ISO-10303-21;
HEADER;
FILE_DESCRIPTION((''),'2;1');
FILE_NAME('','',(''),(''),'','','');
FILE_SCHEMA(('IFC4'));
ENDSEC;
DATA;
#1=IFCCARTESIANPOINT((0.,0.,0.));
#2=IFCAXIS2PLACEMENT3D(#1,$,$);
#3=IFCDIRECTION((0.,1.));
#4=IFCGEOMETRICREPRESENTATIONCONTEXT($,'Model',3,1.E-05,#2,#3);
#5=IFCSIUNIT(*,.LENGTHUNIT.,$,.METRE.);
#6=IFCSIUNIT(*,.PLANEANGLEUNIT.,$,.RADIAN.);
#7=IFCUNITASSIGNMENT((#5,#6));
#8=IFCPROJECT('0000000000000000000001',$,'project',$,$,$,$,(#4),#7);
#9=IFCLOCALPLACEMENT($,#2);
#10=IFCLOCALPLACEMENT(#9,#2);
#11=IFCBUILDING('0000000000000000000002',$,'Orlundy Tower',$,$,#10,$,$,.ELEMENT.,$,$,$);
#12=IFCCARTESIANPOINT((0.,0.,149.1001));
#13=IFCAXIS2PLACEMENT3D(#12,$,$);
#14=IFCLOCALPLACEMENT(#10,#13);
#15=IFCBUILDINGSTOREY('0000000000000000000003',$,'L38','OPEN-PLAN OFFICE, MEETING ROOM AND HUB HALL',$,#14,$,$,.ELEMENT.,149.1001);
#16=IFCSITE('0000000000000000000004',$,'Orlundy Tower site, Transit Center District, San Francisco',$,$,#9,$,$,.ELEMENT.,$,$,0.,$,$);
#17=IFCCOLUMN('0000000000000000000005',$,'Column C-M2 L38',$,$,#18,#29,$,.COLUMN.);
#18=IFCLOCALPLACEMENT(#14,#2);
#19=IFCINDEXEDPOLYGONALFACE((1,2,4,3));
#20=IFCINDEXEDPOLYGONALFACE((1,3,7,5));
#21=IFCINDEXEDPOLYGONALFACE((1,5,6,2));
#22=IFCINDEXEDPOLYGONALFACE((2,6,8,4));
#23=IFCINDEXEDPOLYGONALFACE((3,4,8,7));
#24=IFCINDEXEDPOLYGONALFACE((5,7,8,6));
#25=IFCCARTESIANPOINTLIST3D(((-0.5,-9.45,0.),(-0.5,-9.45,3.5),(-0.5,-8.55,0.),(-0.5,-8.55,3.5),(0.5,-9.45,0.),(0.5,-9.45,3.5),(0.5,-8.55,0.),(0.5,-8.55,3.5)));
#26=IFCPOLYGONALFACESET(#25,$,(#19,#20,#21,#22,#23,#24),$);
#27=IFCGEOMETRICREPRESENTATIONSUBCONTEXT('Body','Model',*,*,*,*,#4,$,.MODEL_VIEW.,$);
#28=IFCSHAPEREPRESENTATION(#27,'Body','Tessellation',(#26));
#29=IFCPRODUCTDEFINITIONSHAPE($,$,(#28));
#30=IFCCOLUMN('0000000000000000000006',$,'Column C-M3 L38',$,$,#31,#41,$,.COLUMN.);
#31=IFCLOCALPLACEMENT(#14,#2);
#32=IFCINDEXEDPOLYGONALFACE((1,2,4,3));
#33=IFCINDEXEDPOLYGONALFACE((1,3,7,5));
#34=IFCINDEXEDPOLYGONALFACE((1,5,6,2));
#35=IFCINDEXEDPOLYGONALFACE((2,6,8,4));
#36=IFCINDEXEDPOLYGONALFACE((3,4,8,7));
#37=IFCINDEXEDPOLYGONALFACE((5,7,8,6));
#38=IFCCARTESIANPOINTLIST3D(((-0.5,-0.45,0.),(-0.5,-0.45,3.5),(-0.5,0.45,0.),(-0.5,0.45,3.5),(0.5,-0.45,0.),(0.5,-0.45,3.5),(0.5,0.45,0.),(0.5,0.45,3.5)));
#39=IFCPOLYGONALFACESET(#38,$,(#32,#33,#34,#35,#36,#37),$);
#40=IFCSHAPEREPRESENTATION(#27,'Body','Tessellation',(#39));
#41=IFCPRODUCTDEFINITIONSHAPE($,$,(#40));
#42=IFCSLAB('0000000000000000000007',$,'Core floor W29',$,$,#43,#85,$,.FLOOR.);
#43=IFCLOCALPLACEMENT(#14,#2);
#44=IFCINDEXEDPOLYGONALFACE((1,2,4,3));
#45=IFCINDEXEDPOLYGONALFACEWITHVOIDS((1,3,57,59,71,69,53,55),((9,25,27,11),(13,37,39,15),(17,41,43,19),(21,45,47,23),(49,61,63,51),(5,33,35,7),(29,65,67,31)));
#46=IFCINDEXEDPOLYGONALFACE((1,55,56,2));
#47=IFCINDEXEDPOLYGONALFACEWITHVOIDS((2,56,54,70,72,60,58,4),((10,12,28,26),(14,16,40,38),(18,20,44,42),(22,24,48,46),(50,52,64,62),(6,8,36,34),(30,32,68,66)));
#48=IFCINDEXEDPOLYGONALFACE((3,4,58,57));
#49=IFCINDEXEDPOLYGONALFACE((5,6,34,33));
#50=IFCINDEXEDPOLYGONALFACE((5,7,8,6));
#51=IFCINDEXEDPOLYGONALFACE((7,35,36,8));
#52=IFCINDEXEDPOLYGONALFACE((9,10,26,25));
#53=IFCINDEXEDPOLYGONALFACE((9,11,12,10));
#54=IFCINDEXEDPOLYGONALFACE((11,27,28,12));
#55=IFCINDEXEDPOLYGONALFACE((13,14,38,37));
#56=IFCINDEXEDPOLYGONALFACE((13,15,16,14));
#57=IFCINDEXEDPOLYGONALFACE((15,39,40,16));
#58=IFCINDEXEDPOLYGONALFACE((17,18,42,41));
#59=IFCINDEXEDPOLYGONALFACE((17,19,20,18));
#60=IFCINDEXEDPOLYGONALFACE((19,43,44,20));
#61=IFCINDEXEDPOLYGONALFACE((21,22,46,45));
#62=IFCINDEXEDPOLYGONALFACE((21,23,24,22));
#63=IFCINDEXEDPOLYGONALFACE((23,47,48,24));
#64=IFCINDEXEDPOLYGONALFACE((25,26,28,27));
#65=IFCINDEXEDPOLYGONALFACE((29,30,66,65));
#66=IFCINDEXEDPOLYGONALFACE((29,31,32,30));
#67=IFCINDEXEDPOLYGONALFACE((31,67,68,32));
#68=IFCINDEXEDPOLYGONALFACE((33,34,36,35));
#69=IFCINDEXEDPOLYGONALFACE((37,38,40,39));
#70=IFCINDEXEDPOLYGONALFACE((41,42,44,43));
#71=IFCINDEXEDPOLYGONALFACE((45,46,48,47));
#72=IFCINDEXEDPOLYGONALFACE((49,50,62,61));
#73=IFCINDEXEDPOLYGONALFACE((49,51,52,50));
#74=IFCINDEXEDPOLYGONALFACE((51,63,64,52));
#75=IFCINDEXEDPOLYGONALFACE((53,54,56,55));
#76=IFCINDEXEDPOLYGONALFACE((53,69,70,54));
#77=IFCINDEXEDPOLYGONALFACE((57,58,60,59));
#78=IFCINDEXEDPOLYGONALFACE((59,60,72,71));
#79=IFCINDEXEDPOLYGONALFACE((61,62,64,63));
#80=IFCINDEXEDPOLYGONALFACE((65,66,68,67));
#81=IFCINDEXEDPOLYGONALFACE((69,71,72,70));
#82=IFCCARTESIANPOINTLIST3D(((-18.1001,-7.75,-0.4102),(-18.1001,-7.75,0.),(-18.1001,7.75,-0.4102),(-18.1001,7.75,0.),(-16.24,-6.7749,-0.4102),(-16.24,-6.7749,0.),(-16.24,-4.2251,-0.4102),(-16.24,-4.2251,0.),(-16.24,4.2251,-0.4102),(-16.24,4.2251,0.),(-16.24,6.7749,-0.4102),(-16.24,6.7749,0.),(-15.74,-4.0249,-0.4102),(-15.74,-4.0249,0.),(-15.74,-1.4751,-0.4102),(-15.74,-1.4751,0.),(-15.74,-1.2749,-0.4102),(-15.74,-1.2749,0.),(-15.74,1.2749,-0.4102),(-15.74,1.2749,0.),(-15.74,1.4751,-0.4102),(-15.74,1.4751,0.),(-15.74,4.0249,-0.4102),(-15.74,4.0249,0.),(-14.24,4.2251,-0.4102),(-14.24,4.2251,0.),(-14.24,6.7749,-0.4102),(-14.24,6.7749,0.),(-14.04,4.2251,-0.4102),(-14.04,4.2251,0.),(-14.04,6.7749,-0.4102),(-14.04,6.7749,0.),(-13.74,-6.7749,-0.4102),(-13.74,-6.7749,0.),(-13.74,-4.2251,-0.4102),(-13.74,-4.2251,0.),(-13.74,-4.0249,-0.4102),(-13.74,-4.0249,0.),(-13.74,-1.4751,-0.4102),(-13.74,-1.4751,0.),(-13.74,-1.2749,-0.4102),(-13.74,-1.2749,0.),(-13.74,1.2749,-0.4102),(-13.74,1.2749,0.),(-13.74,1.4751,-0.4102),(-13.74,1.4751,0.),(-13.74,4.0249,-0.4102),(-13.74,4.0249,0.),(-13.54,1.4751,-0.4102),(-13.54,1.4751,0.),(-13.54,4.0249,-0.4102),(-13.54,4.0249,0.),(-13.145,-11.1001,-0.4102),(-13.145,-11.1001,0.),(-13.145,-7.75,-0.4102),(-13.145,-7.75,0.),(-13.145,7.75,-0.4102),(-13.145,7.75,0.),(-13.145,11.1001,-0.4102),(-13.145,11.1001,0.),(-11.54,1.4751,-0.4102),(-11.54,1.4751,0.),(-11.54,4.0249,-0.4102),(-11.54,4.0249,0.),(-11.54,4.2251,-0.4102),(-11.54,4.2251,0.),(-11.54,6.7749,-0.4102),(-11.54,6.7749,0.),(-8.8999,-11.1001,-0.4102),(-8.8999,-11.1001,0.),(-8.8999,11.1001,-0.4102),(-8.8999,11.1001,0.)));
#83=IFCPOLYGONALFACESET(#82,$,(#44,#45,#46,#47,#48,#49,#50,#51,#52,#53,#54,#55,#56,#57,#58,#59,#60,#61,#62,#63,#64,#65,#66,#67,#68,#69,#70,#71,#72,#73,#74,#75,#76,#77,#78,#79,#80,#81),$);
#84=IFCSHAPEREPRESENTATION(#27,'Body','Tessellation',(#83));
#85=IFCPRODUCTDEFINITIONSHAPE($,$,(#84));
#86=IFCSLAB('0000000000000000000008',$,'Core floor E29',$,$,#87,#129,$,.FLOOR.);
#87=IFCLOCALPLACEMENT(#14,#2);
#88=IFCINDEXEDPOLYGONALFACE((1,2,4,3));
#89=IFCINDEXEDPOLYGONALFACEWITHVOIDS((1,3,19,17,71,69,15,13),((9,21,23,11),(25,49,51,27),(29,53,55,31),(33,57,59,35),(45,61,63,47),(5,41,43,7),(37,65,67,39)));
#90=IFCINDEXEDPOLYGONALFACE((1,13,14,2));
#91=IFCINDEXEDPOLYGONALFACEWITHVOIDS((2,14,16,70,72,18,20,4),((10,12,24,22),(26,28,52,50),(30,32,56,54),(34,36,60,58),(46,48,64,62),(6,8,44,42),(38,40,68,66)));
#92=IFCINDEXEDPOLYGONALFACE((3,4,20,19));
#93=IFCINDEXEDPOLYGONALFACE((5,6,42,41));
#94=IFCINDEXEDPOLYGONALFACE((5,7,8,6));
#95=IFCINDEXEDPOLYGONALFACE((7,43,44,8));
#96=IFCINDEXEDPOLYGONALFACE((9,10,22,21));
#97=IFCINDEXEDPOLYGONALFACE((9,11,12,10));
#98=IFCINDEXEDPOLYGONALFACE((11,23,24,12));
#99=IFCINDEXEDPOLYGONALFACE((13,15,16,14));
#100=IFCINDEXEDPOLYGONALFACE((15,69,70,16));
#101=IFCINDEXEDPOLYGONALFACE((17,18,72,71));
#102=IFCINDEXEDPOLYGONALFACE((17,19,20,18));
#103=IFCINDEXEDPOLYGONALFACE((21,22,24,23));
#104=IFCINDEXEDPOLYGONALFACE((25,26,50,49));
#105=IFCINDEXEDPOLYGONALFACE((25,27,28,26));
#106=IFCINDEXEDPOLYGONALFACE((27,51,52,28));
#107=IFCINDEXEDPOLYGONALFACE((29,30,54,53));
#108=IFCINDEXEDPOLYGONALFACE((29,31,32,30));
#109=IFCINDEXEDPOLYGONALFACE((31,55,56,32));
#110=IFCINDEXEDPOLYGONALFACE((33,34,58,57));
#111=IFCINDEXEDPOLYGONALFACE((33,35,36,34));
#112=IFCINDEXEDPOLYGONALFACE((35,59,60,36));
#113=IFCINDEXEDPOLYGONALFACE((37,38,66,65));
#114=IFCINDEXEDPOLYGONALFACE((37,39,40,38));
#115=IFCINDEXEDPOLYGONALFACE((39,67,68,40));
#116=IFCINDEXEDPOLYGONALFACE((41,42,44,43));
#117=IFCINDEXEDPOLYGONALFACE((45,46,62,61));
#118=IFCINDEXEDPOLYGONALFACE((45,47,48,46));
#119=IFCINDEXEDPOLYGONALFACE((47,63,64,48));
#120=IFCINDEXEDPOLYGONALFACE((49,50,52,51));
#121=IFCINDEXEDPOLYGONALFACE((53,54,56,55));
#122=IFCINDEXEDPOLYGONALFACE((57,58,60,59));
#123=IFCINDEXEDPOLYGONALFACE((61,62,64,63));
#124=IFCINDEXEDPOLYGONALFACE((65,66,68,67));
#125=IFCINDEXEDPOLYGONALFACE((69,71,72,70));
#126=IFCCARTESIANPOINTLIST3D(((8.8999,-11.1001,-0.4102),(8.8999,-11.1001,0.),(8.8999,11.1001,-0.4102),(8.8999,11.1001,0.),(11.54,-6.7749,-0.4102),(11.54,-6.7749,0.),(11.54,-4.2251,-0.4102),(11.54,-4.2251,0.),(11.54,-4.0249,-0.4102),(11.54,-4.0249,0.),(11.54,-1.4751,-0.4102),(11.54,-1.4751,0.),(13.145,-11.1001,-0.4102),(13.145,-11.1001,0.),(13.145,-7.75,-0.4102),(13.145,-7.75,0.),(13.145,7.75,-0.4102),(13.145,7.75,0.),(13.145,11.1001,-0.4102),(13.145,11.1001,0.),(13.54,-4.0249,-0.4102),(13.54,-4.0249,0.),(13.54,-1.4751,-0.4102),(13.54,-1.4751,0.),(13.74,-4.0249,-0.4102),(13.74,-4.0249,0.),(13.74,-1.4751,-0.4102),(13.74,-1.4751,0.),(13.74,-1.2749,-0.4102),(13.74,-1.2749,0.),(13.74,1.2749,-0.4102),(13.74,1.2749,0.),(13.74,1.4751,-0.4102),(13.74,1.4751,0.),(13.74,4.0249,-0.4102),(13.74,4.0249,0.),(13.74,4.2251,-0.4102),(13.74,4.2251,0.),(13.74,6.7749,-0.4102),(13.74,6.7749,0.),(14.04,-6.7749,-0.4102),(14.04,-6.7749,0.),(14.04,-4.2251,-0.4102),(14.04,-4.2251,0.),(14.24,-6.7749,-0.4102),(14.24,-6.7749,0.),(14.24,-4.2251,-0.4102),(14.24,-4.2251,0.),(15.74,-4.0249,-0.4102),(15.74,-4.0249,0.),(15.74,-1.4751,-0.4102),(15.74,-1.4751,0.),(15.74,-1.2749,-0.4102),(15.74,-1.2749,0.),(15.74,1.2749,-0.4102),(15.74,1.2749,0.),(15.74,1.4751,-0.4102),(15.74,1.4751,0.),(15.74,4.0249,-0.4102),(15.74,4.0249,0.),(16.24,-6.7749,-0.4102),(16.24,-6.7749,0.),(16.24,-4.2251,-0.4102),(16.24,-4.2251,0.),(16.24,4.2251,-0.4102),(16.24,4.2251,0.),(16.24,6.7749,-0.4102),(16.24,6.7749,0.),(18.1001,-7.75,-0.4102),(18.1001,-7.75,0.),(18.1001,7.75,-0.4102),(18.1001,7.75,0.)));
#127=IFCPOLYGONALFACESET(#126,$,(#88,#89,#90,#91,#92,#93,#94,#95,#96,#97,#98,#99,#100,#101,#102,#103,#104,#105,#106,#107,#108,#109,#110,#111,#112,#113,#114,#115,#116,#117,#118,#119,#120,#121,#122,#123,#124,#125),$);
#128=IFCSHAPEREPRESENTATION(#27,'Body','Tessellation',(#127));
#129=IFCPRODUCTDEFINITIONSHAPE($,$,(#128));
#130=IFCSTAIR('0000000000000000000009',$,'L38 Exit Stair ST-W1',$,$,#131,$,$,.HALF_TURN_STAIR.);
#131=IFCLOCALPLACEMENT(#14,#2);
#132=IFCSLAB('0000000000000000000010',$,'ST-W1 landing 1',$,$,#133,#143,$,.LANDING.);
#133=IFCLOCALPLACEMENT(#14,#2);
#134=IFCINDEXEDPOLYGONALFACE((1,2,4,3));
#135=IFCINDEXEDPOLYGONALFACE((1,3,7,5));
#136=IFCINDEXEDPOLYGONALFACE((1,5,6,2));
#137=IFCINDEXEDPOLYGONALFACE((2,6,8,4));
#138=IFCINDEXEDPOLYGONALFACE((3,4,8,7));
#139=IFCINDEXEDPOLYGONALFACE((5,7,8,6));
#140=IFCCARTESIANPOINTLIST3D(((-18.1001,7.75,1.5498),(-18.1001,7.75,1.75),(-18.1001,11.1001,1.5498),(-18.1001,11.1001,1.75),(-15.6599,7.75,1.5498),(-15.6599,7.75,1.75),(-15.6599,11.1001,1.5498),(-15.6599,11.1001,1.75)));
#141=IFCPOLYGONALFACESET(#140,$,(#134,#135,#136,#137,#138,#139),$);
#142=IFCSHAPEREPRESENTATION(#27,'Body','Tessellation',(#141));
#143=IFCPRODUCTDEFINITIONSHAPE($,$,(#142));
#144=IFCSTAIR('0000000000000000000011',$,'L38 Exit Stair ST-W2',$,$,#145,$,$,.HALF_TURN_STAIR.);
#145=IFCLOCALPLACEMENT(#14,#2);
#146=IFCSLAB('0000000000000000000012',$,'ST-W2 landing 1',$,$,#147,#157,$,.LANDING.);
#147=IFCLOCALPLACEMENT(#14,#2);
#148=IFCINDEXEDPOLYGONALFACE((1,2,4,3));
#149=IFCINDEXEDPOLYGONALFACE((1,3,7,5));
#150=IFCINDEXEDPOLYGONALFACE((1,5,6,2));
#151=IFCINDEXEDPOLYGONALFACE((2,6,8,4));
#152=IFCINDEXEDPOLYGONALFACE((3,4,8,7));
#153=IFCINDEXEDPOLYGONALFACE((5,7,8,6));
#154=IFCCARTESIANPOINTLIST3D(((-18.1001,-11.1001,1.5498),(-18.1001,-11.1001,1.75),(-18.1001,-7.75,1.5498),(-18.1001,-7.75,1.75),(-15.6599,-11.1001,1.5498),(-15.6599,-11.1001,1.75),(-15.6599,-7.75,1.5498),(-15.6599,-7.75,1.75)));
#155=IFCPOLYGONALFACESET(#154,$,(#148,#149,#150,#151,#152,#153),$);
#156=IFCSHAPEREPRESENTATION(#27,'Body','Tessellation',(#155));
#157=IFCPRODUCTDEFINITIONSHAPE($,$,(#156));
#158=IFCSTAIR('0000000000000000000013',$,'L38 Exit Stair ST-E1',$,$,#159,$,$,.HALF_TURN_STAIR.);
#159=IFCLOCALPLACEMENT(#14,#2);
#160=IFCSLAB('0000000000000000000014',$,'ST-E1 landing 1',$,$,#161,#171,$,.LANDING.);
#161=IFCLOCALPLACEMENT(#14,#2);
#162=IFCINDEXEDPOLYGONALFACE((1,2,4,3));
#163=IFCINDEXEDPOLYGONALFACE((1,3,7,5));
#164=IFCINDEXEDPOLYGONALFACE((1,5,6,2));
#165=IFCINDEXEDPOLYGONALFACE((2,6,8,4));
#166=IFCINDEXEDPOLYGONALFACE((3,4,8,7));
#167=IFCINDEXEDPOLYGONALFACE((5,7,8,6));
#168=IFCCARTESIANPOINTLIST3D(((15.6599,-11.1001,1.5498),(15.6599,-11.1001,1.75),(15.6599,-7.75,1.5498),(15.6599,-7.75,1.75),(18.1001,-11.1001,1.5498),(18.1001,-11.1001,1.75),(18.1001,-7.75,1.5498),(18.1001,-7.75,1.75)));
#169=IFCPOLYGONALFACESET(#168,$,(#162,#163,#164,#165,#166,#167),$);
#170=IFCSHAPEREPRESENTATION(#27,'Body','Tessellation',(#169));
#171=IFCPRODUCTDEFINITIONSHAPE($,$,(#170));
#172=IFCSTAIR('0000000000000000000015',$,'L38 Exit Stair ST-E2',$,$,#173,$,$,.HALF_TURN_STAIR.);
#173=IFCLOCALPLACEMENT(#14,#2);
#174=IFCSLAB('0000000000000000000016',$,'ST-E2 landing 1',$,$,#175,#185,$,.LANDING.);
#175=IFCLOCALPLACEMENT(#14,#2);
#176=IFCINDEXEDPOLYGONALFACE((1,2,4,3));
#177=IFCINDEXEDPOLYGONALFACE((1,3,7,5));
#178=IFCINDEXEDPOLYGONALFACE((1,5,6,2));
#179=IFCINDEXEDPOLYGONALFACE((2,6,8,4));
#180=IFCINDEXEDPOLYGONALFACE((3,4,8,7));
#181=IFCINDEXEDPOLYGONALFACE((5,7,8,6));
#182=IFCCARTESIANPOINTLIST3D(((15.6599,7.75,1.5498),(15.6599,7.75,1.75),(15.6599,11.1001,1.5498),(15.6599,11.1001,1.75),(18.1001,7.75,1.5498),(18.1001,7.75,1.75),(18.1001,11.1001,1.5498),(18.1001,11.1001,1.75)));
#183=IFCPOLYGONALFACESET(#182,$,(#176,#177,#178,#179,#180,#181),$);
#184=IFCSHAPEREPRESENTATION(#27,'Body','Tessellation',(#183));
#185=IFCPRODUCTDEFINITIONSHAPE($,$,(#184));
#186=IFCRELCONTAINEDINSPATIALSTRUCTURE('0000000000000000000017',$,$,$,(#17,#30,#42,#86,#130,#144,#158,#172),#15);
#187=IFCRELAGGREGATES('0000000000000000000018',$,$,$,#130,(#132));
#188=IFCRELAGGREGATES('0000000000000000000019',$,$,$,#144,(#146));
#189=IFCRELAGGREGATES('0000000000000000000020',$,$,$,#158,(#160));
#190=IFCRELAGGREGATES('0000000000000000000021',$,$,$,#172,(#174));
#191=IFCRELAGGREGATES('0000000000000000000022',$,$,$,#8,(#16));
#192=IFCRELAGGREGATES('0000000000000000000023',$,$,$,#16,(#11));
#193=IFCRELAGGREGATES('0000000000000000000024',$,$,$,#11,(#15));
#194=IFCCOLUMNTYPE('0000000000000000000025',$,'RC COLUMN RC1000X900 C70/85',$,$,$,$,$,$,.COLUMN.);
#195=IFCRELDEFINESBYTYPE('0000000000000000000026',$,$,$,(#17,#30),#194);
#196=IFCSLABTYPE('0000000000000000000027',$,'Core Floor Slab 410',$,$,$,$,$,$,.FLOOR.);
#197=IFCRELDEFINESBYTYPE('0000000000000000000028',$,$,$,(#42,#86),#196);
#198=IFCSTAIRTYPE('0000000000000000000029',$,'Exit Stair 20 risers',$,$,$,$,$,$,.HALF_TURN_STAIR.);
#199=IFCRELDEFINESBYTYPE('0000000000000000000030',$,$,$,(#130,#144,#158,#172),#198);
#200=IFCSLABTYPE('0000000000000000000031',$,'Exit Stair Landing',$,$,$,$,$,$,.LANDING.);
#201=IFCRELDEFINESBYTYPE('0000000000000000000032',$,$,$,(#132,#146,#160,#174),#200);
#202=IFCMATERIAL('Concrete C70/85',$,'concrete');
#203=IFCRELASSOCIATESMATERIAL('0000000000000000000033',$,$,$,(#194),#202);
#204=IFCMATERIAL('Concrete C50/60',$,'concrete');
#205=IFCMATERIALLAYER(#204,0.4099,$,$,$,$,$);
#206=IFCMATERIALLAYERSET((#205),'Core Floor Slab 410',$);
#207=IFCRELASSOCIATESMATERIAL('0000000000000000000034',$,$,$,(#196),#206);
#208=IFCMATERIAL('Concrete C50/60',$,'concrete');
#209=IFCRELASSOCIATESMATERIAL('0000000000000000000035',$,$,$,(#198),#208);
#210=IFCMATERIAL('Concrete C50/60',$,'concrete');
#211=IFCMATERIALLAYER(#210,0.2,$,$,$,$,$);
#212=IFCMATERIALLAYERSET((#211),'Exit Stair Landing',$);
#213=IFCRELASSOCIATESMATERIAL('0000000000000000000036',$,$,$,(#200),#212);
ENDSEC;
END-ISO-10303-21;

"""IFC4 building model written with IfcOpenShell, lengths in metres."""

from ifc_helpers import new_model, si_unit, direction, frame, origin, origin_2d, place, context, subcontext, project, spatial, polyline, rectangle, outline, extrude, material, layer, layer_set, material_profile, profile_set, type_object, element, aggregate, save


model = new_model("IFC4")

# Units and contexts
model_context = context("Model", 3, precision=1e-05, world=origin(), true_north=direction((0.0, 1.0)))
body_context = subcontext(model_context, "Body", "Model", "MODEL_VIEW")
ifc_project = project(units=[si_unit("LENGTHUNIT", "METRE"), si_unit("PLANEANGLEUNIT", "RADIAN")], contexts=[model_context])

# Site, building, storey
site_placement = place(None, origin())
site = spatial("IfcSite", under=ifc_project, at=site_placement, Name="Orlundy Tower site, Transit Center District, San Francisco", CompositionType="ELEMENT", RefElevation=0.0)
building_placement = place(site_placement, origin())
building = spatial("IfcBuilding", under=site, at=building_placement, Name="Orlundy Tower", CompositionType="ELEMENT")
storey_placement = place(building_placement, frame((0.0, 0.0, 149.1001)))
storey = spatial("IfcBuildingStorey", under=building, at=storey_placement, Name="L38", Description="OPEN-PLAN OFFICE, MEETING ROOM AND HUB HALL", CompositionType="ELEMENT", Elevation=149.1001)

# Columns
ifc_material_1 = material(Name="Concrete C70/85", Category="concrete")
ifc_material_profile = material_profile(ifc_material_1, rectangle(XDim=1.0, YDim=0.8999, at=origin_2d()), Name="RC1000X900")
ifc_profile_set = profile_set([ifc_material_profile], Name="Concrete C70/85")
column_type = type_object("IfcColumnType", Name="RC COLUMN RC1000X900 C70/85", PredefinedType="COLUMN", material=ifc_profile_set)
for number, where, z_axis, x_axis, name in (
    (1, (0.0, -9.0, 0.0), (0.0, 0.0, 1.0), (1.0, 0.0, 0.0), "Column C-M2 L38"),
    (2, (0.0, 0.0, 0.0), (0.0, 0.0, 1.0), (1.0, 0.0, 0.0), "Column C-M3 L38"),
):
    element("IfcColumn", number, at=place(storey_placement, frame(where, z_axis=z_axis, x_axis=x_axis)), inside=storey, type_object=column_type, Name=name, PredefinedType="COLUMN", context=body_context, shape_type="SweptSolid", body=[
        extrude(rectangle(XDim=1.0, YDim=0.8999, at=origin_2d()), origin(), (0.0, 0.0, 1.0), 3.5),
    ])

# Slabs
ifc_material_2 = material(Name="Concrete C50/60", Category="concrete")
ifc_layer_1 = layer(ifc_material_2, 0.4099)
ifc_layer_set_1 = layer_set([ifc_layer_1], Name="Core Floor Slab 410")
slab_type_1 = type_object("IfcSlabType", Name="Core Floor Slab 410", PredefinedType="FLOOR", material=ifc_layer_set_1)
slab_1_placement = place(storey_placement, frame((0.0, 0.0, -0.4102)))
element("IfcSlab", 3, at=slab_1_placement, inside=storey, type_object=slab_type_1, Name="Core floor W29", PredefinedType="FLOOR", context=body_context, shape_type="SweptSolid", body=[
    extrude(outline(polyline([(-13.145, -11.1001), (-13.145, -7.75), (-18.1001, -7.75), (-18.1001, 7.75), (-13.145, 7.75), (-13.145, 11.1001), (-8.8999, 11.1001), (-8.8999, -11.1001), (-13.145, -11.1001)]), holes=[polyline([(-13.74, -4.2251), (-16.24, -4.2251), (-16.24, -6.7749), (-13.74, -6.7749), (-13.74, -4.2251)]), polyline([(-13.74, -4.0249), (-13.74, -1.4751), (-15.74, -1.4751), (-15.74, -4.0249), (-13.74, -4.0249)]), polyline([(-15.74, -1.2749), (-13.74, -1.2749), (-13.74, 1.2749), (-15.74, 1.2749), (-15.74, -1.2749)]), polyline([(-13.54, 4.0249), (-13.54, 1.4751), (-11.54, 1.4751), (-11.54, 4.0249), (-13.54, 4.0249)]), polyline([(-13.74, 4.0249), (-15.74, 4.0249), (-15.74, 1.4751), (-13.74, 1.4751), (-13.74, 4.0249)]), polyline([(-11.54, 4.2251), (-11.54, 6.7749), (-14.04, 6.7749), (-14.04, 4.2251), (-11.54, 4.2251)]), polyline([(-16.24, 4.2251), (-14.24, 4.2251), (-14.24, 6.7749), (-16.24, 6.7749), (-16.24, 4.2251)])]), origin(), (0.0, 0.0, 1.0), 0.4102),
])
slab_2_placement = place(storey_placement, frame((0.0, 0.0, -0.4102)))
element("IfcSlab", 4, at=slab_2_placement, inside=storey, type_object=slab_type_1, Name="Core floor E29", PredefinedType="FLOOR", context=body_context, shape_type="SweptSolid", body=[
    extrude(outline(polyline([(13.145, 11.1001), (13.145, 7.75), (18.1001, 7.75), (18.1001, -7.75), (13.145, -7.75), (13.145, -11.1001), (8.8999, -11.1001), (8.8999, 11.1001), (13.145, 11.1001)]), holes=[polyline([(13.74, 4.2251), (16.24, 4.2251), (16.24, 6.7749), (13.74, 6.7749), (13.74, 4.2251)]), polyline([(13.74, 4.0249), (13.74, 1.4751), (15.74, 1.4751), (15.74, 4.0249), (13.74, 4.0249)]), polyline([(15.74, 1.2749), (13.74, 1.2749), (13.74, -1.2749), (15.74, -1.2749), (15.74, 1.2749)]), polyline([(13.54, -4.0249), (13.54, -1.4751), (11.54, -1.4751), (11.54, -4.0249), (13.54, -4.0249)]), polyline([(13.74, -4.0249), (15.74, -4.0249), (15.74, -1.4751), (13.74, -1.4751), (13.74, -4.0249)]), polyline([(11.54, -4.2251), (11.54, -6.7749), (14.04, -6.7749), (14.04, -4.2251), (11.54, -4.2251)]), polyline([(16.24, -4.2251), (14.24, -4.2251), (14.24, -6.7749), (16.24, -6.7749), (16.24, -4.2251)])]), origin(), (0.0, 0.0, 1.0), 0.4102),
])

# Stairs, slabs
ifc_material_3 = material(Name="Concrete C50/60", Category="concrete")
stair_type = type_object("IfcStairType", Name="Exit Stair 20 risers", PredefinedType="HALF_TURN_STAIR", material=ifc_material_3)
stair_1_placement = place(storey_placement, origin())
stair_1 = element("IfcStair", 5, at=stair_1_placement, inside=storey, type_object=stair_type, Name="L38 Exit Stair ST-W1", PredefinedType="HALF_TURN_STAIR")
ifc_material_4 = material(Name="Concrete C50/60", Category="concrete")
ifc_layer_2 = layer(ifc_material_4, 0.2)
ifc_layer_set_2 = layer_set([ifc_layer_2], Name="Exit Stair Landing")
slab_type_2 = type_object("IfcSlabType", Name="Exit Stair Landing", PredefinedType="LANDING", material=ifc_layer_set_2)
slab_3_placement = place(storey_placement, frame((0.0, 0.0, 1.5498)))
slab_3 = element("IfcSlab", 6, at=slab_3_placement, type_object=slab_type_2, Name="ST-W1 landing 1", PredefinedType="LANDING", context=body_context, shape_type="SweptSolid", body=[
    extrude(outline(polyline([(-15.6599, 11.1001), (-18.1001, 11.1001), (-18.1001, 7.75), (-15.6599, 7.75), (-15.6599, 11.1001)])), origin(), (0.0, 0.0, 1.0), 0.2002),
])
aggregate(stair_1, [slab_3])
stair_2_placement = place(storey_placement, origin())
stair_2 = element("IfcStair", 7, at=stair_2_placement, inside=storey, type_object=stair_type, Name="L38 Exit Stair ST-W2", PredefinedType="HALF_TURN_STAIR")
slab_4_placement = place(storey_placement, frame((0.0, 0.0, 1.5498)))
slab_4 = element("IfcSlab", 8, at=slab_4_placement, type_object=slab_type_2, Name="ST-W2 landing 1", PredefinedType="LANDING", context=body_context, shape_type="SweptSolid", body=[
    extrude(outline(polyline([(-15.6599, -7.75), (-18.1001, -7.75), (-18.1001, -11.1001), (-15.6599, -11.1001), (-15.6599, -7.75)])), origin(), (0.0, 0.0, 1.0), 0.2002),
])
aggregate(stair_2, [slab_4])
stair_3_placement = place(storey_placement, origin())
stair_3 = element("IfcStair", 9, at=stair_3_placement, inside=storey, type_object=stair_type, Name="L38 Exit Stair ST-E1", PredefinedType="HALF_TURN_STAIR")
slab_5_placement = place(storey_placement, frame((0.0, 0.0, 1.5498)))
slab_5 = element("IfcSlab", 10, at=slab_5_placement, type_object=slab_type_2, Name="ST-E1 landing 1", PredefinedType="LANDING", context=body_context, shape_type="SweptSolid", body=[
    extrude(outline(polyline([(15.6599, -11.1001), (18.1001, -11.1001), (18.1001, -7.75), (15.6599, -7.75), (15.6599, -11.1001)])), origin(), (0.0, 0.0, 1.0), 0.2002),
])
aggregate(stair_3, [slab_5])
stair_4_placement = place(storey_placement, origin())
stair_4 = element("IfcStair", 11, at=stair_4_placement, inside=storey, type_object=stair_type, Name="L38 Exit Stair ST-E2", PredefinedType="HALF_TURN_STAIR")
slab_6_placement = place(storey_placement, frame((0.0, 0.0, 1.5498)))
slab_6 = element("IfcSlab", 12, at=slab_6_placement, type_object=slab_type_2, Name="ST-E2 landing 1", PredefinedType="LANDING", context=body_context, shape_type="SweptSolid", body=[
    extrude(outline(polyline([(15.6599, 7.75), (18.1001, 7.75), (18.1001, 11.1001), (15.6599, 11.1001), (15.6599, 7.75)])), origin(), (0.0, 0.0, 1.0), 0.2002),
])
aggregate(stair_4, [slab_6])

save(model, "model.ifc")
